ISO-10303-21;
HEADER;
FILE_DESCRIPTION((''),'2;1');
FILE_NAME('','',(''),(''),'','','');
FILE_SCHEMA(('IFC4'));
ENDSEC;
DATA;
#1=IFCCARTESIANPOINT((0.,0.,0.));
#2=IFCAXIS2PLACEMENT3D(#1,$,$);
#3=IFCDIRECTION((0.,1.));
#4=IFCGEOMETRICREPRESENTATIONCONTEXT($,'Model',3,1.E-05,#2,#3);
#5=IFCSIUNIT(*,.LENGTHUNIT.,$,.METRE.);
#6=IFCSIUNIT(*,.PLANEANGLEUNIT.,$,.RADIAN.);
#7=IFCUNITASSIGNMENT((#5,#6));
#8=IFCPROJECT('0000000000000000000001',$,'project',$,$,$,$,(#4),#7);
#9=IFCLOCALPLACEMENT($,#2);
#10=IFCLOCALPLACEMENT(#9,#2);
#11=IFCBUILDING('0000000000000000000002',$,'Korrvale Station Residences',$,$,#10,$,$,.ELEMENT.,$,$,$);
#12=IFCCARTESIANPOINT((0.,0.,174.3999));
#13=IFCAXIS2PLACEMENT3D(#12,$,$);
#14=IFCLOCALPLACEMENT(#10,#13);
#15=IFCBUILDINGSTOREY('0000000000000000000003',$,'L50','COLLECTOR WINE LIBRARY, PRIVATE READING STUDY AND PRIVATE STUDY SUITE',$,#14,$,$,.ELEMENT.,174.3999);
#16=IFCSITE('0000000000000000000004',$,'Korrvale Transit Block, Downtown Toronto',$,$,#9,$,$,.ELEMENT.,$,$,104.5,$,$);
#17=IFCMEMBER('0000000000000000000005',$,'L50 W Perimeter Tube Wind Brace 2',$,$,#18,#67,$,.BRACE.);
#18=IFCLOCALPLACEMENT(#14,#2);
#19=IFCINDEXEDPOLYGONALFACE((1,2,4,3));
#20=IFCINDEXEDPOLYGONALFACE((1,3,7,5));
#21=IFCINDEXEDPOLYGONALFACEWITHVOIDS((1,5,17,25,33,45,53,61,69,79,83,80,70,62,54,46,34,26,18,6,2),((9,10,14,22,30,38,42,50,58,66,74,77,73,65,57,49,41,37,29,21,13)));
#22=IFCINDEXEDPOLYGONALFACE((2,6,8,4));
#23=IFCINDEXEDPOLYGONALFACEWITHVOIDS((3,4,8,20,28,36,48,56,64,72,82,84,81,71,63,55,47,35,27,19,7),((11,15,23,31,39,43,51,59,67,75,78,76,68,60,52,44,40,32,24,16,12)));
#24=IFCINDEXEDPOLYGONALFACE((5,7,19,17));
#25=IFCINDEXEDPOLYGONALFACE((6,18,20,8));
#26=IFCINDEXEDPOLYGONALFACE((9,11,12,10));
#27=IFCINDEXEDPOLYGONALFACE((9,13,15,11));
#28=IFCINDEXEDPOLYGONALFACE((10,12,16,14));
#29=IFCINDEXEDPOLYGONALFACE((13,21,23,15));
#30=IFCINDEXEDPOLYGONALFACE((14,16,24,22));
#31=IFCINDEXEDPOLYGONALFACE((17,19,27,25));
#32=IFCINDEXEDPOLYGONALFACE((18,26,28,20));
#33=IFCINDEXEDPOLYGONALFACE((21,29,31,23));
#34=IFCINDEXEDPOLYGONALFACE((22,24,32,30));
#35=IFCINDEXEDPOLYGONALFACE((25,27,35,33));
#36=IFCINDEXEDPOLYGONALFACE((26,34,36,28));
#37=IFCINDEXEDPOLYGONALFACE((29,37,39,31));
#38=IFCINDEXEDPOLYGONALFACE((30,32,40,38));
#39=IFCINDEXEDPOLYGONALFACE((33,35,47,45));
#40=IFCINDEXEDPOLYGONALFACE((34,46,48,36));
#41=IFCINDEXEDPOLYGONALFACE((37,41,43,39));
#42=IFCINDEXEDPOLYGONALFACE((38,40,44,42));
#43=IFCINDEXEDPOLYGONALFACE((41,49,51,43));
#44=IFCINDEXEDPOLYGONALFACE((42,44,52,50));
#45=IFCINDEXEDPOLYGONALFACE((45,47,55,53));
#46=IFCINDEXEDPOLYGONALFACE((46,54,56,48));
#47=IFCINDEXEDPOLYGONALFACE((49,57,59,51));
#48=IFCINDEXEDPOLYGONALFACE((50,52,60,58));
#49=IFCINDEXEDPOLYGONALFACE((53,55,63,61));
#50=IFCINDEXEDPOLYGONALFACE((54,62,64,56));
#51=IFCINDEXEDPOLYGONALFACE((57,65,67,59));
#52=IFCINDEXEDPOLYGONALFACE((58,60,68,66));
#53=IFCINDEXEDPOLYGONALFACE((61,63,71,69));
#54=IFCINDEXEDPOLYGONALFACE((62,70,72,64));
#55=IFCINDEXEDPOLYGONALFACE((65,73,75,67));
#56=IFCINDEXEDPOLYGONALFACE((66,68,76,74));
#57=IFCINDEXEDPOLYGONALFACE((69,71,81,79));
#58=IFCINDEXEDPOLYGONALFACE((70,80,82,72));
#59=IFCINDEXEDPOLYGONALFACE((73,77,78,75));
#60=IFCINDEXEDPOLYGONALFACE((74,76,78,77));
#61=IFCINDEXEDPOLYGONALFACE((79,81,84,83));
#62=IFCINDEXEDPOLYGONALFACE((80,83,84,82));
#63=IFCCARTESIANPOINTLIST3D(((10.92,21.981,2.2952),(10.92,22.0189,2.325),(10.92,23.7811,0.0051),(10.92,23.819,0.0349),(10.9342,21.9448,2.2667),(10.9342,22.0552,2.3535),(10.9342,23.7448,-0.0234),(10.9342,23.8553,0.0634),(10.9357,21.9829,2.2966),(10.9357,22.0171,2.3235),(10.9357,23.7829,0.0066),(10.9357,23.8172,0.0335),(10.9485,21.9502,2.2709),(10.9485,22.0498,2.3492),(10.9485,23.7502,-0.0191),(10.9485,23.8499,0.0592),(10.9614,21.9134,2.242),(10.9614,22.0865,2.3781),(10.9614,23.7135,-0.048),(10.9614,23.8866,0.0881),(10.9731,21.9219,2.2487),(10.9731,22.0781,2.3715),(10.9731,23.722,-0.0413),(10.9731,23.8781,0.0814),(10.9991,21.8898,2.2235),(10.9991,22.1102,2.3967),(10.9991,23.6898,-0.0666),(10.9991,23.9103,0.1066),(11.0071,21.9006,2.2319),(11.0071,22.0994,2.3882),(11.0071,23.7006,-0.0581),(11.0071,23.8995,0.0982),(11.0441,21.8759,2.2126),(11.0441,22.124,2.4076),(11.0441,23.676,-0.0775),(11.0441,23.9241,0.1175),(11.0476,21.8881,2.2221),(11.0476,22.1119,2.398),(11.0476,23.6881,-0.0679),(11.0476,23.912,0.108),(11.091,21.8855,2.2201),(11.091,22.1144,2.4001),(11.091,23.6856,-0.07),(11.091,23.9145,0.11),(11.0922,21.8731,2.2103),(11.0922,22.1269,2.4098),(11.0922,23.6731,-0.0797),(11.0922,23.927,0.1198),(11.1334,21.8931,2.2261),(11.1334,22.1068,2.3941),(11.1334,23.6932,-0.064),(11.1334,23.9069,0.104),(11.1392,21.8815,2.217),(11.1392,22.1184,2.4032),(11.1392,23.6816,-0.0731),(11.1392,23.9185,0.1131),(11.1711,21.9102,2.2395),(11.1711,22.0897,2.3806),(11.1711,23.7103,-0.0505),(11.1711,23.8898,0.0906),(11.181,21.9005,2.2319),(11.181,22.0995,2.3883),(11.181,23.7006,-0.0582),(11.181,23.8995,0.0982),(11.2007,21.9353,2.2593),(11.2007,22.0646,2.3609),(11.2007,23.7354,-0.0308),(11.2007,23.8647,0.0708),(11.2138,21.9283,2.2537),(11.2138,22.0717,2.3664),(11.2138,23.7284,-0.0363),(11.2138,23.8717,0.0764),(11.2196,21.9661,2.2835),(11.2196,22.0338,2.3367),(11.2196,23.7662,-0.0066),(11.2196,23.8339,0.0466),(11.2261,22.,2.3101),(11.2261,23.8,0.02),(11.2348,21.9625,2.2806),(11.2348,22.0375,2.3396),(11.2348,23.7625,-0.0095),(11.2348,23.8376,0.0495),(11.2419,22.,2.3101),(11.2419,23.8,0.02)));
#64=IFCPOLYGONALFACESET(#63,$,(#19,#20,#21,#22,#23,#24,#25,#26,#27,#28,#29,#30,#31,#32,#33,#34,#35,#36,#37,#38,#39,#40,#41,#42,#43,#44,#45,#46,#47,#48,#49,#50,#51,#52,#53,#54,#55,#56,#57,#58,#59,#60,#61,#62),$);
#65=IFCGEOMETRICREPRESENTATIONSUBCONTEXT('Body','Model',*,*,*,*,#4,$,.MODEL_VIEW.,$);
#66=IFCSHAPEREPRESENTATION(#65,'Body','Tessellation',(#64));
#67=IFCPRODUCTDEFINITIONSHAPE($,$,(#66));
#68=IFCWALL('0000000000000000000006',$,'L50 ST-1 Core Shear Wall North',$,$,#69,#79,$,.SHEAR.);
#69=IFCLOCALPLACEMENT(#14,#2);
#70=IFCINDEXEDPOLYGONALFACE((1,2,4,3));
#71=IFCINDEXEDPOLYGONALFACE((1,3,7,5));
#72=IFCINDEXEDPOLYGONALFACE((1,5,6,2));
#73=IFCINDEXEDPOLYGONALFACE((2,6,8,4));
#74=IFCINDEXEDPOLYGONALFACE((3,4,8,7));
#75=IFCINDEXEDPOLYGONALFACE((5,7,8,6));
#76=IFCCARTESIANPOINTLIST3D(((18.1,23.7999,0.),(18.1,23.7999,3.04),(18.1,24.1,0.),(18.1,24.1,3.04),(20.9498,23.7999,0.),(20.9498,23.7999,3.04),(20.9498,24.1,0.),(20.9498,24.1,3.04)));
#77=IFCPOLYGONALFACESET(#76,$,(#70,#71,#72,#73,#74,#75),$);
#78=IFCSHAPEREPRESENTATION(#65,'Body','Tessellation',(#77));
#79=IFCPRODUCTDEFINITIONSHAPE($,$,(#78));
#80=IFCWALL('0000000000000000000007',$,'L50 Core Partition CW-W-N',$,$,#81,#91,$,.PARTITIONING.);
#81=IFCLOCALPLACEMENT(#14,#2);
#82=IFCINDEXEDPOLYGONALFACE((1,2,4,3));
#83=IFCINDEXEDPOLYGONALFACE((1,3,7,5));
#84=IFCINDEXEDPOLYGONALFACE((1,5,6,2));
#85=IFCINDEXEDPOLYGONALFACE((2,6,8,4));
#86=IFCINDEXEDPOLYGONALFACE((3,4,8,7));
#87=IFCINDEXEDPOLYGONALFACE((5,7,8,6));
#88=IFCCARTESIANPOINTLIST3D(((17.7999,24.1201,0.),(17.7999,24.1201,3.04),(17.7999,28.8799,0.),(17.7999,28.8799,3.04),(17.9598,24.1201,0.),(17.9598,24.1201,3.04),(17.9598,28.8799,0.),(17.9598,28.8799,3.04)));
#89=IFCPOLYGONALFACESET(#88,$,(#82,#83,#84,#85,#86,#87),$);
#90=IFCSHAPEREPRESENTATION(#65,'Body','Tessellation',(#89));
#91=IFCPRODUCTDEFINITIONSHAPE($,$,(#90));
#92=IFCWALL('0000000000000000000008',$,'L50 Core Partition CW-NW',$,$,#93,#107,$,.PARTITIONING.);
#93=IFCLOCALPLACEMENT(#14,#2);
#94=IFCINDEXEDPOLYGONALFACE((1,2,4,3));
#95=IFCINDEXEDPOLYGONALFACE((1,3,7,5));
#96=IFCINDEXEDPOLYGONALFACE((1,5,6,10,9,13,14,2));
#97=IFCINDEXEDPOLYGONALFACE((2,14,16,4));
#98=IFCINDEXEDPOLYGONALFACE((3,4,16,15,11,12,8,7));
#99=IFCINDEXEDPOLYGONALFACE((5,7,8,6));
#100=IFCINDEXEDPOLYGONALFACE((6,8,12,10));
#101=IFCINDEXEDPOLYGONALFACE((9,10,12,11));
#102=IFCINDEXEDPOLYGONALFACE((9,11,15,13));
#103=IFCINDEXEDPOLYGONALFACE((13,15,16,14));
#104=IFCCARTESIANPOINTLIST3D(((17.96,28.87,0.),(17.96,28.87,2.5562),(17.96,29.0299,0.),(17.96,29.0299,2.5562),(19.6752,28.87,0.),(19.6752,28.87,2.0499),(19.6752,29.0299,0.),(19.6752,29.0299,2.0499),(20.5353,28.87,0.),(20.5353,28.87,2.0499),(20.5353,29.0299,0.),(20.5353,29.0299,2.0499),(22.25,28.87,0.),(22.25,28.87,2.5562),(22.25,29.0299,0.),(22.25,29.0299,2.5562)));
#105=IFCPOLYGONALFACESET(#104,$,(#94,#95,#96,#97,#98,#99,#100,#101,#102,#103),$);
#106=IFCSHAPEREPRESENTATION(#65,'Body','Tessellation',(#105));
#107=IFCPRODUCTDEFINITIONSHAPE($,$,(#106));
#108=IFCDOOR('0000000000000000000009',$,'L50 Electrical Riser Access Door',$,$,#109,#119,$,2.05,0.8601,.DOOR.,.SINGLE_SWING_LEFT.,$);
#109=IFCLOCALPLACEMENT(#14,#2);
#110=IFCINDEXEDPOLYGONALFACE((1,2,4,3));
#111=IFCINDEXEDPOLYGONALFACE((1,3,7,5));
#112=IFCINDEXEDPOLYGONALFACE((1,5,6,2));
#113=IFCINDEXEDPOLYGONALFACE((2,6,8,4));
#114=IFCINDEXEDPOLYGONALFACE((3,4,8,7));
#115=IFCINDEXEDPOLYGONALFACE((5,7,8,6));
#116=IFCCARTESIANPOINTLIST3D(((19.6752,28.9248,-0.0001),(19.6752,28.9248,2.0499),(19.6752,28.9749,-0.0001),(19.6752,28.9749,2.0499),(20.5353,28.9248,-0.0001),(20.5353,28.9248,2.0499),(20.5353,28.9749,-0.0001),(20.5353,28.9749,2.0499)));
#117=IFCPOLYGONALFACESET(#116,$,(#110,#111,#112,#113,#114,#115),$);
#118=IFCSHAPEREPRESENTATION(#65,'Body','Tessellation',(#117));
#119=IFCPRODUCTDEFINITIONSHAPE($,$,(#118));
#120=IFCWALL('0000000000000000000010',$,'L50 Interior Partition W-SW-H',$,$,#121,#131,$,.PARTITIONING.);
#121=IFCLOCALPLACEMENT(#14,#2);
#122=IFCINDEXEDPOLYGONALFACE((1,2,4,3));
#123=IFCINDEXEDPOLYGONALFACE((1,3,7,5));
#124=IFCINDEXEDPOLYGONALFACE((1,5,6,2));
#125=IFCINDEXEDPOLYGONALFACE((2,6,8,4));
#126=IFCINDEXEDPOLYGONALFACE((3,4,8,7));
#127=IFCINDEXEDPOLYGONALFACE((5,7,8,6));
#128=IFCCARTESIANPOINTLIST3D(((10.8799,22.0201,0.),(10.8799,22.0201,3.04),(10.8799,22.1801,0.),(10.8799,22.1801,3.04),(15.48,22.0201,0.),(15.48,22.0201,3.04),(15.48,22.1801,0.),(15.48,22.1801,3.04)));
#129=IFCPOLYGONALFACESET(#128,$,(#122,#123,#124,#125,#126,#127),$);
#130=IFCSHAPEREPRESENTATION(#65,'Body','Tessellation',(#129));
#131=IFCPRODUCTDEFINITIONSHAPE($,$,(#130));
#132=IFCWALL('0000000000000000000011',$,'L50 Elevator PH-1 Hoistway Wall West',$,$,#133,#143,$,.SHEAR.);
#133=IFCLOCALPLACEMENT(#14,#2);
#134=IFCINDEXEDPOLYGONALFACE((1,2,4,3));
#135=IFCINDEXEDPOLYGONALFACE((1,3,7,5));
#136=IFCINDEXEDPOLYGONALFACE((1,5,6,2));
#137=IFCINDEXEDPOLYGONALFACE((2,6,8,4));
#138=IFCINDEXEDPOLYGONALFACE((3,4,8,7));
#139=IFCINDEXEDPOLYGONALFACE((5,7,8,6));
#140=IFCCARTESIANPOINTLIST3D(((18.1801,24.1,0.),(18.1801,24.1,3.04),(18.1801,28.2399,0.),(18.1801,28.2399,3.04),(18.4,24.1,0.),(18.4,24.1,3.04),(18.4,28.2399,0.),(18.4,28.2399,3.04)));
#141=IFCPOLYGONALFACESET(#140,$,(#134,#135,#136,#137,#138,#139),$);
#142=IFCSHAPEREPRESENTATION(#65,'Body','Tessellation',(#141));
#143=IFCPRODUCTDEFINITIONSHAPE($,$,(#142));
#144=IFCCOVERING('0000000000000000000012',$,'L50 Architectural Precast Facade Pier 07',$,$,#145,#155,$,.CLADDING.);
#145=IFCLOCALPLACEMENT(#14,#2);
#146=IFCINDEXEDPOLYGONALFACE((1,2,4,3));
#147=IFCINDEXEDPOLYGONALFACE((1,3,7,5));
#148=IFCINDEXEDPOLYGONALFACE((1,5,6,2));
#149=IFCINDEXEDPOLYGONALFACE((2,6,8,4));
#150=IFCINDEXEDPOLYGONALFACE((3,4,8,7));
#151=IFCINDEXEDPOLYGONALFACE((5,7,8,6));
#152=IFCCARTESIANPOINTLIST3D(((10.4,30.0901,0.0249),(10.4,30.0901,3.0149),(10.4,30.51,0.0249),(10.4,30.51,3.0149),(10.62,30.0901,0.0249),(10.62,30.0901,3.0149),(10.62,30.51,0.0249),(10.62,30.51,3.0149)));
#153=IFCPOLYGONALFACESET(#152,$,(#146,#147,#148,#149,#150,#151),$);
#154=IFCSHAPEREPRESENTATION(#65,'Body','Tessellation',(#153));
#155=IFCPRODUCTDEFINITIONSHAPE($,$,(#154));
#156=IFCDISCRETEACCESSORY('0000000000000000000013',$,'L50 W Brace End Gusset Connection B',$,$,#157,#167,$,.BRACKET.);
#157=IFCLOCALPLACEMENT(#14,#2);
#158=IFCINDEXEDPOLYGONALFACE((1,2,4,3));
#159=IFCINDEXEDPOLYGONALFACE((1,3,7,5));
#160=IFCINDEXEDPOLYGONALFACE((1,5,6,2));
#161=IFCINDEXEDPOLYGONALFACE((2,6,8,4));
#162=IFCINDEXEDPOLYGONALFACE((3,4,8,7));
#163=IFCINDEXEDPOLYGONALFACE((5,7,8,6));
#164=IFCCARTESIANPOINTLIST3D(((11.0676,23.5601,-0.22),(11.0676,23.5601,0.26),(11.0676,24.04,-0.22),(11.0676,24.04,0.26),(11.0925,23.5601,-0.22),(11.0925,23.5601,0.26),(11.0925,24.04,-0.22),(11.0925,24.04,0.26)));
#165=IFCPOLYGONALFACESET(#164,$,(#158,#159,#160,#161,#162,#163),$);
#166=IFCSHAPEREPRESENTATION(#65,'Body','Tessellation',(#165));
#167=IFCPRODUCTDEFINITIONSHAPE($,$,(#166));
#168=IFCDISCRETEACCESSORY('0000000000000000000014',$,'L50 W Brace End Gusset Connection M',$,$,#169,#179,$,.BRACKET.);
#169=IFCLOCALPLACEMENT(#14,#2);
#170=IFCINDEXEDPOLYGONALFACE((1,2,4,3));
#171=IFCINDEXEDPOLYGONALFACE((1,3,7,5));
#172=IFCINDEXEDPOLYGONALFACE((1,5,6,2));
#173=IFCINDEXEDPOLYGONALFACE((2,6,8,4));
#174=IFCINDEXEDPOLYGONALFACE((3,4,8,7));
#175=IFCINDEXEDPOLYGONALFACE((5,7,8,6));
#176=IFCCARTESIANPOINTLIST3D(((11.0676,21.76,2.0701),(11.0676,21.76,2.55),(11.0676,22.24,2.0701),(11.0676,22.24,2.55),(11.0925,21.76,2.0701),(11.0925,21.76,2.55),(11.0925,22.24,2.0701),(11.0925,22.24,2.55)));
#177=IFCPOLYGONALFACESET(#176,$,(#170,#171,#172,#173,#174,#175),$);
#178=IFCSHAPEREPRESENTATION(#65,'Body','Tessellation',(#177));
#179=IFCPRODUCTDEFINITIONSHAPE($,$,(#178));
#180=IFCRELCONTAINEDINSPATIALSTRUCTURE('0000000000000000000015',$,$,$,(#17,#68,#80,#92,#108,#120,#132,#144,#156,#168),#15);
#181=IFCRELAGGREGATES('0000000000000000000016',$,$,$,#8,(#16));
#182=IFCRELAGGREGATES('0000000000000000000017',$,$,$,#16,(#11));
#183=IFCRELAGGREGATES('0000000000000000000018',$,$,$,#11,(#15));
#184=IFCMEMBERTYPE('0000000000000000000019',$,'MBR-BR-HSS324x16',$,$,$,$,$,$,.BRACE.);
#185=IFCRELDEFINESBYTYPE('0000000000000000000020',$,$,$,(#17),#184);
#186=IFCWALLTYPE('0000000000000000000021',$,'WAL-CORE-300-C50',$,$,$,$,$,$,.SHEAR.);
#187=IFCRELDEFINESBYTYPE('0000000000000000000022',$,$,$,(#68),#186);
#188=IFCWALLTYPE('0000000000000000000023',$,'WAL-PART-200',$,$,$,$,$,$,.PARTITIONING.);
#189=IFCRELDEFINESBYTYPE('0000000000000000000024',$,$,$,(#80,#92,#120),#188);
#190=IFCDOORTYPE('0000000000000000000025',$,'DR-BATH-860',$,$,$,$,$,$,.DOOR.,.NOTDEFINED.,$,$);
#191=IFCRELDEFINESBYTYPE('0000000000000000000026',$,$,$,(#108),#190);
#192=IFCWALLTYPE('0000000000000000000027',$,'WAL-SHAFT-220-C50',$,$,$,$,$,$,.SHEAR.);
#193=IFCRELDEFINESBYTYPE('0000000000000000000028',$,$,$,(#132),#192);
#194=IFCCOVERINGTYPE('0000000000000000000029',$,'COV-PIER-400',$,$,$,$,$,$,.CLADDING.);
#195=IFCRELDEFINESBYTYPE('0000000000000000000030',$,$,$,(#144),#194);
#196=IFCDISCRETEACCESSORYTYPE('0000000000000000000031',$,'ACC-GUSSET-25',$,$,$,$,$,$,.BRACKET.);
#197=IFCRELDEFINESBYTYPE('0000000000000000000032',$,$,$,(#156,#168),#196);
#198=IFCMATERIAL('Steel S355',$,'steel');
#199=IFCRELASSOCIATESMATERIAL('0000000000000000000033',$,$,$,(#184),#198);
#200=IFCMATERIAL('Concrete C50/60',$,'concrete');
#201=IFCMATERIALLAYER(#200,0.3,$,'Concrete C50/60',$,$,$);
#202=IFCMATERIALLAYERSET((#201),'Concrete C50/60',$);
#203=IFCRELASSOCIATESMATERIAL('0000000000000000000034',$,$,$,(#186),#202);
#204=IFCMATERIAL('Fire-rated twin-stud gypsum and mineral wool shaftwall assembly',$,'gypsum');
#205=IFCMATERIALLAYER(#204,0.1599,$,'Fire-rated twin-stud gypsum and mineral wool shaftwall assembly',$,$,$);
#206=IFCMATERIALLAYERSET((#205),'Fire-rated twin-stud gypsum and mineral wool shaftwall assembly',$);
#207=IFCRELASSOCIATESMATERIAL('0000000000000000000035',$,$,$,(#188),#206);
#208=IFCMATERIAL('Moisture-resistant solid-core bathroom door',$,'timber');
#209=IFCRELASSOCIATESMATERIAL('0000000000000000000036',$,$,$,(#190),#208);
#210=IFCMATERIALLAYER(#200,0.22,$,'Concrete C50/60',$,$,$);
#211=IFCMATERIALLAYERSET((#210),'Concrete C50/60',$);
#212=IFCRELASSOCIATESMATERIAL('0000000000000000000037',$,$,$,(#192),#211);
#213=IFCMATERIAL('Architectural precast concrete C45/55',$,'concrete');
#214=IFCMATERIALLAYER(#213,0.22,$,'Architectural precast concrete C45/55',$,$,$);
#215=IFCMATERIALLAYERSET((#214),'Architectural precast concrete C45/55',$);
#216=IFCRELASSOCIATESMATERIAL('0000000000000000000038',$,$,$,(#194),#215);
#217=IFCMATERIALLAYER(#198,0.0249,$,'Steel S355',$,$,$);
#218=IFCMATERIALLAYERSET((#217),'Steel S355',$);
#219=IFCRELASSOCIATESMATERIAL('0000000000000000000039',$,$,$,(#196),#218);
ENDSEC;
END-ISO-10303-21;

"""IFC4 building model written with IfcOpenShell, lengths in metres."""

from ifc_helpers import new_model, si_unit, direction, frame, frame_2d, origin, origin_2d, place, context, subcontext, project, spatial, rectangle, hollow_circle, extrude, material, layer, layer_set, material_profile, profile_set, type_object, element, fill, save


model = new_model("IFC4")

# Units and contexts
model_context = context("Model", 3, precision=1e-05, world=origin(), true_north=direction((0.0, 1.0)))
body_context = subcontext(model_context, "Body", "Model", "MODEL_VIEW")
ifc_project = project(units=[si_unit("LENGTHUNIT", "METRE"), si_unit("PLANEANGLEUNIT", "RADIAN")], contexts=[model_context])

# Site, building, storey
site_placement = place(None, origin())
site = spatial("IfcSite", under=ifc_project, at=site_placement, Name="Korrvale Transit Block, Downtown Toronto", CompositionType="ELEMENT", RefElevation=104.5)
building_placement = place(site_placement, origin())
building = spatial("IfcBuilding", under=site, at=building_placement, Name="Korrvale Station Residences", CompositionType="ELEMENT")
storey_placement = place(building_placement, frame((0.0, 0.0, 174.3999)))
storey = spatial("IfcBuildingStorey", under=building, at=storey_placement, Name="L50", Description="COLLECTOR WINE LIBRARY, PRIVATE READING STUDY AND PRIVATE STUDY SUITE", CompositionType="ELEMENT", Elevation=174.3999)

# Shared definitions
ifc_material_1 = material(Name="Concrete C50/60", Category="concrete")

# Shared definitions
ifc_material_2 = material(Name="Steel S355", Category="steel")

# Member
ifc_material_profile_1 = material_profile(ifc_material_2, hollow_circle(Radius=0.1619, WallThickness=0.0159, at=origin_2d()), Name="HSS324x16")
ifc_profile_set_1 = profile_set([ifc_material_profile_1], Name="Steel S355")
member_type = type_object("IfcMemberType", Name="MBR-BR-HSS324x16", PredefinedType="BRACE", material=ifc_profile_set_1)
member_placement = place(storey_placement, frame((11.0801, 23.8, 0.02), z_axis=(0.0, -0.617977, 0.786196), x_axis=(1.0, 0.0, 0.0)))
element("IfcMember", 1, at=member_placement, inside=storey, type_object=member_type, Name="L50 W Perimeter Tube Wind Brace 2", PredefinedType="BRACE", context=body_context, shape_type="SweptSolid", body=[
    extrude(hollow_circle(Radius=0.1619, WallThickness=0.0159, at=origin_2d()), origin(), (0.0, 0.0, 1.0), 2.9128),
])

# Walls
ifc_layer_1 = layer(ifc_material_1, 0.3, Name="Concrete C50/60")
ifc_layer_set_1 = layer_set([ifc_layer_1], Name="Concrete C50/60")
wall_type_1 = type_object("IfcWallType", Name="WAL-CORE-300-C50", PredefinedType="SHEAR", material=ifc_layer_set_1)
wall_1_placement = place(storey_placement, frame((18.1001, 23.95, 0.0), z_axis=(0.0, 0.0, 1.0), x_axis=(1.0, 0.0, 0.0)))
element("IfcWall", 2, at=wall_1_placement, inside=storey, type_object=wall_type_1, Name="L50 ST-1 Core Shear Wall North", PredefinedType="SHEAR", context=body_context, shape_type="SweptSolid", body=[
    extrude(rectangle(XDim=2.8499, YDim=0.3, at=frame_2d((1.4248, 0.0))), origin(), (0.0, 0.0, 1.0), 3.04),
])
ifc_material_3 = material(Name="Fire-rated twin-stud gypsum and mineral wool shaftwall assembly", Category="gypsum")
ifc_layer_2 = layer(ifc_material_3, 0.1599, Name="Fire-rated twin-stud gypsum and mineral wool shaftwall assembly")
ifc_layer_set_2 = layer_set([ifc_layer_2], Name="Fire-rated twin-stud gypsum and mineral wool shaftwall assembly")
wall_type_2 = type_object("IfcWallType", Name="WAL-PART-200", PredefinedType="PARTITIONING", material=ifc_layer_set_2)
wall_2_placement = place(storey_placement, frame((17.8799, 24.1201, 0.0), z_axis=(0.0, 0.0, 1.0), x_axis=(0.0, 1.0, 0.0)))
element("IfcWall", 3, at=wall_2_placement, inside=storey, type_object=wall_type_2, Name="L50 Core Partition CW-W-N", PredefinedType="PARTITIONING", context=body_context, shape_type="SweptSolid", body=[
    extrude(rectangle(XDim=4.7598, YDim=0.1599, at=frame_2d((2.3799, 0.0))), origin(), (0.0, 0.0, 1.0), 3.04),
])

# Wall, opening, door
wall_3_placement = place(storey_placement, frame((17.96, 28.95, 0.0), z_axis=(0.0, 0.0, 1.0), x_axis=(1.0, 0.0, 0.0)))
wall_3 = element("IfcWall", 4, at=wall_3_placement, inside=storey, type_object=wall_type_2, Name="L50 Core Partition CW-NW", PredefinedType="PARTITIONING", context=body_context, shape_type="SweptSolid", body=[
    extrude(rectangle(XDim=4.29, YDim=0.1599, at=frame_2d((2.145, 0.0))), origin(), (0.0, 0.0, 1.0), 2.5562),
])
opening_placement = place(wall_3_placement, frame((1.7151, 0.0, 0.0)))
opening = element("IfcOpeningElement", 5, at=opening_placement, cuts=wall_3, PredefinedType="OPENING", context=body_context, shape_type="SweptSolid", body=[
    extrude(rectangle(XDim=0.8601, YDim=2.05, at=frame_2d((0.4302, 1.0249))), frame((0.0, 0.0898, 0.0), z_axis=(0.0, -1.0, 0.0), x_axis=(1.0, 0.0, 0.0)), (0.0, 0.0, 1.0), 0.1799),
])
ifc_material_4 = material(Name="Moisture-resistant solid-core bathroom door", Category="timber")
door_type = type_object("IfcDoorType", Name="DR-BATH-860", OperationType="NOTDEFINED", PredefinedType="DOOR", material=ifc_material_4)
door_placement = place(opening_placement, origin())
door = element("IfcDoor", 6, at=door_placement, inside=storey, type_object=door_type, Name="L50 Electrical Riser Access Door", OperationType="SINGLE_SWING_LEFT", OverallHeight=2.05, OverallWidth=0.8601, PredefinedType="DOOR", context=body_context, shape_type="SweptSolid", body=[
    extrude(rectangle(XDim=0.8601, YDim=2.05, at=frame_2d((0.4302, 1.0249))), frame((0.0, 0.0249, 0.0), z_axis=(0.0, -1.0, 0.0), x_axis=(1.0, 0.0, 0.0)), (0.0, 0.0, 1.0), 0.05),
])
fill(opening, door)

# Walls
wall_4_placement = place(storey_placement, frame((10.8799, 22.1001, 0.0), z_axis=(0.0, 0.0, 1.0), x_axis=(1.0, 0.0, 0.0)))
element("IfcWall", 7, at=wall_4_placement, inside=storey, type_object=wall_type_2, Name="L50 Interior Partition W-SW-H", PredefinedType="PARTITIONING", context=body_context, shape_type="SweptSolid", body=[
    extrude(rectangle(XDim=4.6001, YDim=0.1599, at=frame_2d((2.3, 0.0))), origin(), (0.0, 0.0, 1.0), 3.04),
])
ifc_layer_3 = layer(ifc_material_1, 0.22, Name="Concrete C50/60")
ifc_layer_set_3 = layer_set([ifc_layer_3], Name="Concrete C50/60")
wall_type_3 = type_object("IfcWallType", Name="WAL-SHAFT-220-C50", PredefinedType="SHEAR", material=ifc_layer_set_3)
wall_5_placement = place(storey_placement, frame((18.29, 24.1001, 0.0), z_axis=(0.0, 0.0, 1.0), x_axis=(0.0, 1.0, 0.0)))
element("IfcWall", 8, at=wall_5_placement, inside=storey, type_object=wall_type_3, Name="L50 Elevator PH-1 Hoistway Wall West", PredefinedType="SHEAR", context=body_context, shape_type="SweptSolid", body=[
    extrude(rectangle(XDim=4.1399, YDim=0.22, at=frame_2d((2.0698, 0.0))), origin(), (0.0, 0.0, 1.0), 3.04),
])

# Covering
ifc_material_5 = material(Name="Architectural precast concrete C45/55", Category="concrete")
ifc_layer_4 = layer(ifc_material_5, 0.22, Name="Architectural precast concrete C45/55")
ifc_layer_set_4 = layer_set([ifc_layer_4], Name="Architectural precast concrete C45/55")
covering_type = type_object("IfcCoveringType", Name="COV-PIER-400", PredefinedType="CLADDING", material=ifc_layer_set_4)
covering_placement = place(storey_placement, frame((10.51, 30.3, 0.0249), z_axis=(0.0, 0.0, 1.0), x_axis=(0.0, 1.0, 0.0)))
element("IfcCovering", 9, at=covering_placement, inside=storey, type_object=covering_type, Name="L50 Architectural Precast Facade Pier 07", PredefinedType="CLADDING", context=body_context, shape_type="SweptSolid", body=[
    extrude(rectangle(XDim=0.4199, YDim=0.22, at=origin_2d()), origin(), (0.0, 0.0, 1.0), 2.99),
])

# Discrete accessories
ifc_layer_5 = layer(ifc_material_2, 0.0249, Name="Steel S355")
ifc_layer_set_5 = layer_set([ifc_layer_5], Name="Steel S355")
discrete_accessory_type = type_object("IfcDiscreteAccessoryType", Name="ACC-GUSSET-25", PredefinedType="BRACKET", material=ifc_layer_set_5)
for number, where, z_axis, x_axis, name in (
    (10, (11.0801, 23.8, -0.22), (0.0, 0.0, 1.0), (0.0, 1.0, 0.0), "L50 W Brace End Gusset Connection B"),
    (11, (11.0801, 22.0, 2.0701), (0.0, 0.0, 1.0), (0.0, 1.0, 0.0), "L50 W Brace End Gusset Connection M"),
):
    element("IfcDiscreteAccessory", number, at=place(storey_placement, frame(where, z_axis=z_axis, x_axis=x_axis)), inside=storey, type_object=discrete_accessory_type, Name=name, PredefinedType="BRACKET", context=body_context, shape_type="SweptSolid", body=[
        extrude(rectangle(XDim=0.48, YDim=0.0249, at=origin_2d()), origin(), (0.0, 0.0, 1.0), 0.48),
    ])

save(model, "model.ifc")
